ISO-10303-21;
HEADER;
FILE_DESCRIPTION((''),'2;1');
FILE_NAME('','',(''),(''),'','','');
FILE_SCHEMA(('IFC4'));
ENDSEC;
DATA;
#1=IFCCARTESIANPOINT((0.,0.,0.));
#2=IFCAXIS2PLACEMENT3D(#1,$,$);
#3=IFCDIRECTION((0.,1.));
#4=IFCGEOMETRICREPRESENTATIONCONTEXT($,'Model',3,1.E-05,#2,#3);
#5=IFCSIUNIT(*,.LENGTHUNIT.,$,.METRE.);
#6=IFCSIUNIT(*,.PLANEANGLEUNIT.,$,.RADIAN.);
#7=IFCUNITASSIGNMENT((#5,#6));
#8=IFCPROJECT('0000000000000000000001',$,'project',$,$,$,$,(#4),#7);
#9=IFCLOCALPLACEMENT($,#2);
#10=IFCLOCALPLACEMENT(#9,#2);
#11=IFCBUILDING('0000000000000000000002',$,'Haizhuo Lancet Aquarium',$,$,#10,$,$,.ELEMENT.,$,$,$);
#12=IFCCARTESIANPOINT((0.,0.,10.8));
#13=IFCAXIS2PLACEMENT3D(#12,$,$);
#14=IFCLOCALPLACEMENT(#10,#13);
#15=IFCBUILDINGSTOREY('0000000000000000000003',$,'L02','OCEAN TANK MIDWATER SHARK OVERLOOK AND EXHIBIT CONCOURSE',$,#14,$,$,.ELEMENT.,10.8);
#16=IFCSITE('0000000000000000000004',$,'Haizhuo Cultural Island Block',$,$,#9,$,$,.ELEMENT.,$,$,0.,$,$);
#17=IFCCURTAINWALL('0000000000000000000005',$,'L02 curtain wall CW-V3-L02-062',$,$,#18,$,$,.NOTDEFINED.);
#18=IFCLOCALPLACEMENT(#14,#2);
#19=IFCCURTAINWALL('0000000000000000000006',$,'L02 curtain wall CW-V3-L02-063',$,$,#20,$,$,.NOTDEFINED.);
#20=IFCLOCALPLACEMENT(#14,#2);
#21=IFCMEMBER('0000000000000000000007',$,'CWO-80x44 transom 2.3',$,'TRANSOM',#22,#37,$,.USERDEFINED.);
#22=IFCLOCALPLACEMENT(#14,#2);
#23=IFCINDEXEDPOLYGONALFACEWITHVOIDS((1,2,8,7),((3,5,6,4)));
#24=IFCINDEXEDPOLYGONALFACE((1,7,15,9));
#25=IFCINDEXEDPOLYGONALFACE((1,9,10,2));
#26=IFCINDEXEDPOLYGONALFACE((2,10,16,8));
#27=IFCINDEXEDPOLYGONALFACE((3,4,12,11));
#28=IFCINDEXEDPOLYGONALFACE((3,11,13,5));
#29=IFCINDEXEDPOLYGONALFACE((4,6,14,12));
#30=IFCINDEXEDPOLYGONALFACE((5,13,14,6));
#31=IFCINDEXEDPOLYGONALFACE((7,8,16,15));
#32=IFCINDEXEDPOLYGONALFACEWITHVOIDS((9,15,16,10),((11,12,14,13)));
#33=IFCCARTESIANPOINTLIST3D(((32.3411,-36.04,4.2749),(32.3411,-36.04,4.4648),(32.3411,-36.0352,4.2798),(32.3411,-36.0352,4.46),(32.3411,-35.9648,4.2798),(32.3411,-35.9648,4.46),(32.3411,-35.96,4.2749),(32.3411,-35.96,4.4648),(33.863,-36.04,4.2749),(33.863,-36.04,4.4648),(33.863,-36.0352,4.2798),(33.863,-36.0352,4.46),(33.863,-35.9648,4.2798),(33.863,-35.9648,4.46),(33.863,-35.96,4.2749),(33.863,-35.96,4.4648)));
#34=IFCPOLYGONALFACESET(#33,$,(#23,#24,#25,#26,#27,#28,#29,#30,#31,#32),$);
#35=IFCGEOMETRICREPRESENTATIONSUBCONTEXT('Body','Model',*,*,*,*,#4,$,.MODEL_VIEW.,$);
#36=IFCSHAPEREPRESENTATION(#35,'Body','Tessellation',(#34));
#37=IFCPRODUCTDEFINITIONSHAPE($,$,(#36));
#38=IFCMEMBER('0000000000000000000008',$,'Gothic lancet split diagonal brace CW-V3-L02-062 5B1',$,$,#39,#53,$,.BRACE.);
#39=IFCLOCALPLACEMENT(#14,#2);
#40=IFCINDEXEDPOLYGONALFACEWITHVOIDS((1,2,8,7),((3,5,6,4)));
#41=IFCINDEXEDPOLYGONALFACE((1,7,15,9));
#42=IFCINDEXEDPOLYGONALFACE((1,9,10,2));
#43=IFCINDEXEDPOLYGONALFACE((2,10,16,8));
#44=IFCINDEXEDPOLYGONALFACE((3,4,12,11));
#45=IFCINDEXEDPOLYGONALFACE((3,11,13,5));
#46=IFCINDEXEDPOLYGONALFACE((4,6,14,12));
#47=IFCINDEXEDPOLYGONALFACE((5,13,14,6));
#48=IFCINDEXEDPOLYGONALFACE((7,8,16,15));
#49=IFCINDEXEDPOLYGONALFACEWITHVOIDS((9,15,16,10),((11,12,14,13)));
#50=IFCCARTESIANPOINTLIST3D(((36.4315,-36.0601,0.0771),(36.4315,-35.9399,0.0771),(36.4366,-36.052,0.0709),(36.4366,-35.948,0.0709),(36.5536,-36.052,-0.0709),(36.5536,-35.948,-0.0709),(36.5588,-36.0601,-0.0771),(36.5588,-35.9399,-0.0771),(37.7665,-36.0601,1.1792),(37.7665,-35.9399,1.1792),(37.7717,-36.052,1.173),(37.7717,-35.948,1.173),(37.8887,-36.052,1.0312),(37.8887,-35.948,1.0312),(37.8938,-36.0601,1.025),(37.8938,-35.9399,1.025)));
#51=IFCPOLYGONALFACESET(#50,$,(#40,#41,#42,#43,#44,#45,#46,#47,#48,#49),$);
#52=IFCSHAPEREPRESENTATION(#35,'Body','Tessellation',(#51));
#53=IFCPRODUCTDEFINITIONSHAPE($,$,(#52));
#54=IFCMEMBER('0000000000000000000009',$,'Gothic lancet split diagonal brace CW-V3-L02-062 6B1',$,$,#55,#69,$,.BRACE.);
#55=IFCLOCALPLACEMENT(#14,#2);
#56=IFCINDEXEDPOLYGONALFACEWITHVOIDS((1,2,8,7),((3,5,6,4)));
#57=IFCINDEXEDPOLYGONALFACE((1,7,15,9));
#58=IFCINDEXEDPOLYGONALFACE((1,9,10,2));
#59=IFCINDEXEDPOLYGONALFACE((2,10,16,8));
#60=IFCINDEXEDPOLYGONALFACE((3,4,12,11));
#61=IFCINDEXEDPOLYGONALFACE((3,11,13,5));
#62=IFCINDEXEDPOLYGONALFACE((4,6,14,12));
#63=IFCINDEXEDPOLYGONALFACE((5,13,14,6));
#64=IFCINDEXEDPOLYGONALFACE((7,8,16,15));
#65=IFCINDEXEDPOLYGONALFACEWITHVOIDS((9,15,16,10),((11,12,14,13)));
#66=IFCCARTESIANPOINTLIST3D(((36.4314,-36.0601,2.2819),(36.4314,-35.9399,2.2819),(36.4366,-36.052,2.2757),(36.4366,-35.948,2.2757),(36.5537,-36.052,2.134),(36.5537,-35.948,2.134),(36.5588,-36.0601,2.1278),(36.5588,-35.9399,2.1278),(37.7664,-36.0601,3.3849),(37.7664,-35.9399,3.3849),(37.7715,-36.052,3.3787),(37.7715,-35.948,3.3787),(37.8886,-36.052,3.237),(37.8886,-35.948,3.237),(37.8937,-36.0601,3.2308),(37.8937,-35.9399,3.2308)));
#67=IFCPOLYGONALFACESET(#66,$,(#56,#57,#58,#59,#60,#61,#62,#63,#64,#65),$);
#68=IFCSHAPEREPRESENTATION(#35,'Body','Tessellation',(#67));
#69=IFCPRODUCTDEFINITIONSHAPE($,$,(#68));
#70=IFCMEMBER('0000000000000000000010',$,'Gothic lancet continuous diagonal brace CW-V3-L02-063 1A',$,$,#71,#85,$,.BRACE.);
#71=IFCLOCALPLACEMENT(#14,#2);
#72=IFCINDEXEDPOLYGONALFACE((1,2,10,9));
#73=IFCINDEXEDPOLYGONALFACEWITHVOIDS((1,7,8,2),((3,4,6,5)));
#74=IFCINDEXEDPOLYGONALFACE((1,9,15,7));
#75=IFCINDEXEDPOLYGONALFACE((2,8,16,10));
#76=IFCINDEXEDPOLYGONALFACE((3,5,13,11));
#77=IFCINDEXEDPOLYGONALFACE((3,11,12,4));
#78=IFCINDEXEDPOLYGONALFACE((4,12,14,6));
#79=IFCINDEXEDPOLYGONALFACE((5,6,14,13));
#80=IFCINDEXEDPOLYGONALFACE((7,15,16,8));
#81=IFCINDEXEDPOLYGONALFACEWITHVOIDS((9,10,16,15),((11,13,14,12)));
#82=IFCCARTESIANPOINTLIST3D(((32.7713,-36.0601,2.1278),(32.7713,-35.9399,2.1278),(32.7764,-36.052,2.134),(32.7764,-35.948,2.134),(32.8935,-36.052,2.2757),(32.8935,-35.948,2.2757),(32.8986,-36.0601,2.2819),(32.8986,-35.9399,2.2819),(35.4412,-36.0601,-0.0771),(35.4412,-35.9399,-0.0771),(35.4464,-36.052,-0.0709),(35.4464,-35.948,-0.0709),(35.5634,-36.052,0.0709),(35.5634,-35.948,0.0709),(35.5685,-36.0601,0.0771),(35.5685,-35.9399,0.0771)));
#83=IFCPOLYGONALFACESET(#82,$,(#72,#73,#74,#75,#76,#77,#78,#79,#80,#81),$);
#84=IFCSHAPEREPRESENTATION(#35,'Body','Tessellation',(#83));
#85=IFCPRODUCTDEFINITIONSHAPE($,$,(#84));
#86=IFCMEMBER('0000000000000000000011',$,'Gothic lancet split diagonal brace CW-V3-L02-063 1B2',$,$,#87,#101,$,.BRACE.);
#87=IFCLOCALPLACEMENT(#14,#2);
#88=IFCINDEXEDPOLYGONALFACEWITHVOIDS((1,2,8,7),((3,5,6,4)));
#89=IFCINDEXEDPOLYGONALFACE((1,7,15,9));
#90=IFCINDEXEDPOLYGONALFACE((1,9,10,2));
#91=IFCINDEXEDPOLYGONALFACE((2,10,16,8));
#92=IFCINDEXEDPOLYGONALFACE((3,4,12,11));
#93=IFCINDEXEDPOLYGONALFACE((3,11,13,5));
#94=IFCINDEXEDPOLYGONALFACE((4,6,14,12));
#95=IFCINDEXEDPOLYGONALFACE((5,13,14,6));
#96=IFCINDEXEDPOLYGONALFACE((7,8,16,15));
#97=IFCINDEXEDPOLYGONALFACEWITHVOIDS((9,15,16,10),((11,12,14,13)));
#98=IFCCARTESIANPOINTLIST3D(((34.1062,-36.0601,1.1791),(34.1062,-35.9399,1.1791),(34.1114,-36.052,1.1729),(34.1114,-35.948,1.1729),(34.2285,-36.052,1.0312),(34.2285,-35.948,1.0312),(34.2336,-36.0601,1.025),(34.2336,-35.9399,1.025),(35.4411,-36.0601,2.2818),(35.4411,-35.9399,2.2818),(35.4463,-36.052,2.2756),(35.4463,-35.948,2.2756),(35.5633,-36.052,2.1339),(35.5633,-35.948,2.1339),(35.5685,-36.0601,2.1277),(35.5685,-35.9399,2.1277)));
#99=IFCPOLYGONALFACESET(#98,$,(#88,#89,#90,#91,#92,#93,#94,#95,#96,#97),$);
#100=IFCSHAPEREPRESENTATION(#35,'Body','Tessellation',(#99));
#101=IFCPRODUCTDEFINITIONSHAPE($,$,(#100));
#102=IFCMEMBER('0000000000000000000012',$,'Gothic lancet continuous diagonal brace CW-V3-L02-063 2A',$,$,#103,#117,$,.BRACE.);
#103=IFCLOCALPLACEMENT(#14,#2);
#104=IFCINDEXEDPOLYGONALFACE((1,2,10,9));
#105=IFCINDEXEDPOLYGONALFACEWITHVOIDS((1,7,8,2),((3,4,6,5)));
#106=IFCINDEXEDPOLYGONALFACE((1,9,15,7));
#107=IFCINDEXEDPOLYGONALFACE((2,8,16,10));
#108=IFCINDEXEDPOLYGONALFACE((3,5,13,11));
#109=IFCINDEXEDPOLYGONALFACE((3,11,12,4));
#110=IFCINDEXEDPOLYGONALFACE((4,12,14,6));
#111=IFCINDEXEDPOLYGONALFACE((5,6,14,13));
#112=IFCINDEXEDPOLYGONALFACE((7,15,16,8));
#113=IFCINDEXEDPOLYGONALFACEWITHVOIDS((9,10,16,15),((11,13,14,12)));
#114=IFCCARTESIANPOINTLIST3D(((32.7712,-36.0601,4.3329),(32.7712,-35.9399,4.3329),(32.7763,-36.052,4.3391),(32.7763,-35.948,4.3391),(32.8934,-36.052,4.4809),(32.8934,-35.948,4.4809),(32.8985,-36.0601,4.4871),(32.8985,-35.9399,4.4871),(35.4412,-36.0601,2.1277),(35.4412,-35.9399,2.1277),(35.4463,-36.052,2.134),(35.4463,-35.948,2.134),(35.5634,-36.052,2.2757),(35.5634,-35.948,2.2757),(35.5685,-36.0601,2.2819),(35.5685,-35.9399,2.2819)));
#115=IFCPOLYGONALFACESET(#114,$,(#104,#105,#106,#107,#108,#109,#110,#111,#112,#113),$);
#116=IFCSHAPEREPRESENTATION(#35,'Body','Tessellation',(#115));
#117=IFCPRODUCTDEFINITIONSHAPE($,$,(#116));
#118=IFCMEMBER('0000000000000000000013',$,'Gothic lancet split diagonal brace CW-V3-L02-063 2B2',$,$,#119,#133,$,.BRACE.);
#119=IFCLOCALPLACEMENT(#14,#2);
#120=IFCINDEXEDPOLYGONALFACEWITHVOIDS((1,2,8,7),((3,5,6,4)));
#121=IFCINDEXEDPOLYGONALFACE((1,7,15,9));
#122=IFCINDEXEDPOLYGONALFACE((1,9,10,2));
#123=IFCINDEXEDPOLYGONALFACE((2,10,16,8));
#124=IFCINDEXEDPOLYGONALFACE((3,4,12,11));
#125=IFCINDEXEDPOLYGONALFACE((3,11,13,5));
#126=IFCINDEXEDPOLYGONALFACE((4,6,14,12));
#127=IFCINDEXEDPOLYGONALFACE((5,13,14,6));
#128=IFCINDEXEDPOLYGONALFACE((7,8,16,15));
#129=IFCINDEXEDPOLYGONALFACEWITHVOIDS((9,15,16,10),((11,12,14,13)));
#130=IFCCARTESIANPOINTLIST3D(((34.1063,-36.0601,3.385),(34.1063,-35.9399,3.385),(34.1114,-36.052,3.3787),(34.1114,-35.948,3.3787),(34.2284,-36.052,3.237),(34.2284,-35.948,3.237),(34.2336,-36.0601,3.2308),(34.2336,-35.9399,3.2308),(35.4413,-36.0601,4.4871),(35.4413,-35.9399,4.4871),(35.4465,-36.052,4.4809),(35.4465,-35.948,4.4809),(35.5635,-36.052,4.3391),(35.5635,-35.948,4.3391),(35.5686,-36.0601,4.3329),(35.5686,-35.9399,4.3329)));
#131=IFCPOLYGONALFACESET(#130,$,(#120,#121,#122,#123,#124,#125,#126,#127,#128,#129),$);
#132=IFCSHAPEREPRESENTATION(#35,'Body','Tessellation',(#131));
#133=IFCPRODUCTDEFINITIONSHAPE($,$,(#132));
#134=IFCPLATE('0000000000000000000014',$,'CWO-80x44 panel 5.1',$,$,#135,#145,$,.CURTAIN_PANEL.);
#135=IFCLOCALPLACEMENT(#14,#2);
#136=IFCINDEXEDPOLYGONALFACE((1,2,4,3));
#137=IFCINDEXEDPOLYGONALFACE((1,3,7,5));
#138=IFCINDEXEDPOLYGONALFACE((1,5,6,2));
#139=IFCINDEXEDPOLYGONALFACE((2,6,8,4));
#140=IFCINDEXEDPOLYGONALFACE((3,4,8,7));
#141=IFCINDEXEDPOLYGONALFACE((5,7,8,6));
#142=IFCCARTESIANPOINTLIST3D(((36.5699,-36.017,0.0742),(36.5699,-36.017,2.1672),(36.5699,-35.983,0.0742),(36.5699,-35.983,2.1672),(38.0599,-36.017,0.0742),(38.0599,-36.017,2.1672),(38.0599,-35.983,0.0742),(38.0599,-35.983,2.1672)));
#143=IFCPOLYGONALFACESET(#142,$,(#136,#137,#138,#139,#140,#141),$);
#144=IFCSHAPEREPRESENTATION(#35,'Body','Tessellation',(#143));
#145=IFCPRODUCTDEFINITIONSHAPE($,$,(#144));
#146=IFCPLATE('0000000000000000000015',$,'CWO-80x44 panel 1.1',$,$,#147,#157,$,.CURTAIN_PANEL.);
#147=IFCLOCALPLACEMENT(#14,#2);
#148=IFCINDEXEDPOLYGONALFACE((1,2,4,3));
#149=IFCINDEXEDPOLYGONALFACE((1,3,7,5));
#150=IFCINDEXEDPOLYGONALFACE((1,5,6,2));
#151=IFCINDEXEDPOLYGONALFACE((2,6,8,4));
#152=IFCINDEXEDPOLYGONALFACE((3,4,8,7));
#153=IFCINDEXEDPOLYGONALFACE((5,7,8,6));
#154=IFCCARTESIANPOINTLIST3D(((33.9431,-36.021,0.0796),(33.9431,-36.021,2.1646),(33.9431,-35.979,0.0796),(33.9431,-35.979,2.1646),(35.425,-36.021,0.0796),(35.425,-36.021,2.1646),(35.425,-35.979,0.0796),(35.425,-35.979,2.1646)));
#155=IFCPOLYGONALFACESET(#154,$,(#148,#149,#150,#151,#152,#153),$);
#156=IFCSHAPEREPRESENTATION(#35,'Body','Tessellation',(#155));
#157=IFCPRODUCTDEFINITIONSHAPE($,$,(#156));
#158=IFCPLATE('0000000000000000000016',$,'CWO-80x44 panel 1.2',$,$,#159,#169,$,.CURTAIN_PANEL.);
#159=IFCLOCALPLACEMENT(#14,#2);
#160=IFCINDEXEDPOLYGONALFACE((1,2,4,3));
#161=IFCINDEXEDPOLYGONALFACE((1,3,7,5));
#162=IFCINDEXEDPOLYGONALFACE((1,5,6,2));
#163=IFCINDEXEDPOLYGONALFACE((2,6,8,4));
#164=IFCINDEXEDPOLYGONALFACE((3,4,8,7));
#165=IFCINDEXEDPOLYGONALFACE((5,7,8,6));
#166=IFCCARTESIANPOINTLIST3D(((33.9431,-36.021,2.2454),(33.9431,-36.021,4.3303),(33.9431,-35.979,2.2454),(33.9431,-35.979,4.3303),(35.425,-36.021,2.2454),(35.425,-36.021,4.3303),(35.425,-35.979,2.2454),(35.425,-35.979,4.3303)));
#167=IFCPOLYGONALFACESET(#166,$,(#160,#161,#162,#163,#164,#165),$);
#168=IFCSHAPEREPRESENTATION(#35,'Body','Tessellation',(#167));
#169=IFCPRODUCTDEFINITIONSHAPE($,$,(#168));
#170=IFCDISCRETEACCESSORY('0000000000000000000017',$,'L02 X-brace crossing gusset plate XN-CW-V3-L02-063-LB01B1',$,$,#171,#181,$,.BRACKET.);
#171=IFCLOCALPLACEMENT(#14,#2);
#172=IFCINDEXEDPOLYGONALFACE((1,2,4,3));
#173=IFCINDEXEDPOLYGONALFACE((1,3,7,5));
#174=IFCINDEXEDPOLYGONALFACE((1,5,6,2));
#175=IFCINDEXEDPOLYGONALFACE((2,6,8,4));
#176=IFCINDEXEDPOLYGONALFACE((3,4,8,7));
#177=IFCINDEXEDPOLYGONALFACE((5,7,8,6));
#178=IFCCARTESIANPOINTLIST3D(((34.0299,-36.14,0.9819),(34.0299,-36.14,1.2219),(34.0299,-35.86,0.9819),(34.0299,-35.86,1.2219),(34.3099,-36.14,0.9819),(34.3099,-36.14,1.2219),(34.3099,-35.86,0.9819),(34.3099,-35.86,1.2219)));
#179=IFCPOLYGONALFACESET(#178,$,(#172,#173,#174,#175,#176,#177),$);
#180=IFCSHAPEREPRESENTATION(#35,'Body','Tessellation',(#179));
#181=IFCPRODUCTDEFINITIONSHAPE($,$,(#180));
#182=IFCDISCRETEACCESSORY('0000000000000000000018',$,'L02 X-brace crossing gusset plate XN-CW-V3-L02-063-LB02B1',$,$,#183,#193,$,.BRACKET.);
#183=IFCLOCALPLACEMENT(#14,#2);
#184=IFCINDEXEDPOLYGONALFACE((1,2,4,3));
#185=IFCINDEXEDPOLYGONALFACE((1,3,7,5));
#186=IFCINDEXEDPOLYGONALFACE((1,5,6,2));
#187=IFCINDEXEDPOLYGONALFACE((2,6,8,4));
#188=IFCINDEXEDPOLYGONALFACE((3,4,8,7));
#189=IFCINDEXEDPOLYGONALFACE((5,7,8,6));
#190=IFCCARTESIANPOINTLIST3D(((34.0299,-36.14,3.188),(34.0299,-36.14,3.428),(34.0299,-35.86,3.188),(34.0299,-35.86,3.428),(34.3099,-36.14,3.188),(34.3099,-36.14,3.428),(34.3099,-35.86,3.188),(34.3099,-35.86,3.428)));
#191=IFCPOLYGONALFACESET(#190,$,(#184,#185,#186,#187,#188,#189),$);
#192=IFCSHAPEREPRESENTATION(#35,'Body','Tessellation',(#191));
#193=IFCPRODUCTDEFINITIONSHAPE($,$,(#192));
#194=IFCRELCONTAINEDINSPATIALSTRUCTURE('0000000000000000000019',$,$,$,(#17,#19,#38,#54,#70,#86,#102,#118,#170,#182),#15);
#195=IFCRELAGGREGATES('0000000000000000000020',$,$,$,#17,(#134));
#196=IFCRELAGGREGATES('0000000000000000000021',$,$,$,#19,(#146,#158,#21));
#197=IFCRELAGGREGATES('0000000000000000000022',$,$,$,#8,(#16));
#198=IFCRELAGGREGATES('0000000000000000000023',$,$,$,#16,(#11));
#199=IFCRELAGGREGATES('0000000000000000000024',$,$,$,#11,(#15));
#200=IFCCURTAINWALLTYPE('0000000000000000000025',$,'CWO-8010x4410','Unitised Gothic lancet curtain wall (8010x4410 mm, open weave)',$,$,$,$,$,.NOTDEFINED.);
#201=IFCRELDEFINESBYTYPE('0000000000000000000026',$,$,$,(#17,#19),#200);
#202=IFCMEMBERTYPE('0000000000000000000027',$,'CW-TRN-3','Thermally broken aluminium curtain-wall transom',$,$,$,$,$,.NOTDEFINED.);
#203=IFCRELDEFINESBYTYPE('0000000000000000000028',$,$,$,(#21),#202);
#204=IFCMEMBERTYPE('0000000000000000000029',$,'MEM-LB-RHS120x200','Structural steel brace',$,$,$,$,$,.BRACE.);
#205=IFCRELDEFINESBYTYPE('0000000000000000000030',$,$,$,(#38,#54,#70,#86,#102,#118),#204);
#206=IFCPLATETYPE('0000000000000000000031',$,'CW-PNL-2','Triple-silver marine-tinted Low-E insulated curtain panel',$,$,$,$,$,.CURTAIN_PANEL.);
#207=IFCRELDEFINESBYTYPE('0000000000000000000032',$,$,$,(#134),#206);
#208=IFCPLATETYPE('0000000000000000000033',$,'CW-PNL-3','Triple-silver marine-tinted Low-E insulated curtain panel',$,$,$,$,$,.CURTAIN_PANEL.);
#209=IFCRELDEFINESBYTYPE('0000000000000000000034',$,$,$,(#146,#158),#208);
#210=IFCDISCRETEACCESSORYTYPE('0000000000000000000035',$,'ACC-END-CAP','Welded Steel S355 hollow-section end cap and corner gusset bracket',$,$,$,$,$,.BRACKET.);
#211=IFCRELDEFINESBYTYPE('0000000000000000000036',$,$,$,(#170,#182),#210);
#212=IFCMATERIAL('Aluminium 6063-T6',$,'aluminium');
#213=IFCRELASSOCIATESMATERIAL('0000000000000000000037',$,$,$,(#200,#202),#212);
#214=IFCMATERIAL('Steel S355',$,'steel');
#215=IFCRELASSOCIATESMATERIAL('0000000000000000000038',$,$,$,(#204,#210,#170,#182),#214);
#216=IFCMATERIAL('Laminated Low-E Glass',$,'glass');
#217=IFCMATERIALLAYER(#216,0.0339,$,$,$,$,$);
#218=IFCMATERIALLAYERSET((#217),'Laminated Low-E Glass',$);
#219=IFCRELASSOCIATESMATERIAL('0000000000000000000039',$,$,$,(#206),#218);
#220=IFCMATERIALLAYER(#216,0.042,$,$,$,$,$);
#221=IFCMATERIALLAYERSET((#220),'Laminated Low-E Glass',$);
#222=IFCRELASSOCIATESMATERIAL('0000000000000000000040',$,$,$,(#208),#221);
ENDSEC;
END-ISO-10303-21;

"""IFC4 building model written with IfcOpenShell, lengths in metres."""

from ifc_helpers import new_model, si_unit, direction, frame, origin, origin_2d, place, context, subcontext, project, spatial, rectangle, hollow_rectangle, extrude, material, layer, layer_set, material_profile, profile_set, type_object, element, aggregate, save


model = new_model("IFC4")

# Units and contexts
model_context = context("Model", 3, precision=1e-05, world=origin(), true_north=direction((0.0, 1.0)))
body_context = subcontext(model_context, "Body", "Model", "MODEL_VIEW")
ifc_project = project(units=[si_unit("LENGTHUNIT", "METRE"), si_unit("PLANEANGLEUNIT", "RADIAN")], contexts=[model_context])

# Site, building, storey
site_placement = place(None, origin())
site = spatial("IfcSite", under=ifc_project, at=site_placement, Name="Haizhuo Cultural Island Block", CompositionType="ELEMENT", RefElevation=0.0)
building_placement = place(site_placement, origin())
building = spatial("IfcBuilding", under=site, at=building_placement, Name="Haizhuo Lancet Aquarium", CompositionType="ELEMENT")
storey_placement = place(building_placement, frame((0.0, 0.0, 10.8)))
storey = spatial("IfcBuildingStorey", under=building, at=storey_placement, Name="L02", Description="OCEAN TANK MIDWATER SHARK OVERLOOK AND EXHIBIT CONCOURSE", CompositionType="ELEMENT", Elevation=10.8)

# Curtain wall
ifc_material_1 = material(Name="Aluminium 6063-T6", Category="aluminium")
curtain_wall_type = type_object("IfcCurtainWallType", Name="CWO-8010x4410", Description="Unitised Gothic lancet curtain wall (8010x4410 mm, open weave)", PredefinedType="NOTDEFINED", material=ifc_material_1)
curtain_wall_1_placement = place(storey_placement, origin())
curtain_wall_1 = element("IfcCurtainWall", 1, at=curtain_wall_1_placement, inside=storey, type_object=curtain_wall_type, Name="L02 curtain wall CW-V3-L02-062", PredefinedType="NOTDEFINED")

# Curtain wall, member
curtain_wall_2_placement = place(storey_placement, origin())
curtain_wall_2 = element("IfcCurtainWall", 2, at=curtain_wall_2_placement, inside=storey, type_object=curtain_wall_type, Name="L02 curtain wall CW-V3-L02-063", PredefinedType="NOTDEFINED")
ifc_material_profile_1 = material_profile(ifc_material_1, hollow_rectangle(XDim=0.0801, YDim=0.1899, WallThickness=0.0049, at=origin_2d()), Name="ALU-T 80x190x5")
ifc_profile_set_1 = profile_set([ifc_material_profile_1], Name="Aluminium 6063-T6")
member_type_1 = type_object("IfcMemberType", Name="CW-TRN-3", Description="Thermally broken aluminium curtain-wall transom", PredefinedType="NOTDEFINED", material=ifc_profile_set_1)
member_1_placement = place(storey_placement, frame((33.863, -36.0, 4.3699), z_axis=(-1.0, 0.0, 0.0), x_axis=(0.0, -1.0, 0.0)))
member_1 = element("IfcMember", 3, at=member_1_placement, type_object=member_type_1, Name="CWO-80x44 transom 2.3", ObjectType="TRANSOM", PredefinedType="USERDEFINED", context=body_context, shape_type="SweptSolid", body=[
    extrude(hollow_rectangle(XDim=0.0801, YDim=0.1899, WallThickness=0.0049, at=origin_2d()), origin(), (0.0, 0.0, 1.0), 1.522),
])

# Members
ifc_material_2 = material(Name="Steel S355", Category="steel")
ifc_material_profile_2 = material_profile(ifc_material_2, hollow_rectangle(XDim=0.1201, YDim=0.2, WallThickness=0.0081, at=origin_2d()), Name="RHS 120x200x8")
ifc_profile_set_2 = profile_set([ifc_material_profile_2], Name="Steel S355")
member_type_2 = type_object("IfcMemberType", Name="MEM-LB-RHS120x200", Description="Structural steel brace", PredefinedType="BRACE", material=ifc_profile_set_2)
member_2_placement = place(storey_placement, frame((36.4951, -36.0, 0.0), z_axis=(0.771172, 0.0, 0.636626), x_axis=(0.0, 1.0, 0.0)))
element("IfcMember", 4, at=member_2_placement, inside=storey, type_object=member_type_2, Name="Gothic lancet split diagonal brace CW-V3-L02-062 5B1", PredefinedType="BRACE", context=body_context, shape_type="SweptSolid", body=[
    extrude(hollow_rectangle(XDim=0.1201, YDim=0.2, WallThickness=0.0081, at=origin_2d()), origin(), (0.0, 0.0, 1.0), 1.7312),
])
member_3_placement = place(storey_placement, frame((36.4951, -36.0, 2.2048), z_axis=(0.770896, 0.0, 0.636962), x_axis=(0.0, 1.0, 0.0)))
element("IfcMember", 5, at=member_3_placement, inside=storey, type_object=member_type_2, Name="Gothic lancet split diagonal brace CW-V3-L02-062 6B1", PredefinedType="BRACE", context=body_context, shape_type="SweptSolid", body=[
    extrude(hollow_rectangle(XDim=0.1201, YDim=0.2, WallThickness=0.0081, at=origin_2d()), origin(), (0.0, 0.0, 1.0), 1.7317),
])
member_4_placement = place(storey_placement, frame((35.5049, -36.0, 0.0), z_axis=(-0.771069, 0.0, 0.636752), x_axis=(0.0, -1.0, 0.0)))
element("IfcMember", 6, at=member_4_placement, inside=storey, type_object=member_type_2, Name="Gothic lancet continuous diagonal brace CW-V3-L02-063 1A", PredefinedType="BRACE", context=body_context, shape_type="SweptSolid", body=[
    extrude(hollow_rectangle(XDim=0.1201, YDim=0.2, WallThickness=0.0081, at=origin_2d()), origin(), (0.0, 0.0, 1.0), 3.4626),
])
member_5_placement = place(storey_placement, frame((34.1699, -36.0, 1.1021), z_axis=(0.770965, 0.0, 0.636878), x_axis=(0.0, 1.0, 0.0)))
element("IfcMember", 7, at=member_5_placement, inside=storey, type_object=member_type_2, Name="Gothic lancet split diagonal brace CW-V3-L02-063 1B2", PredefinedType="BRACE", context=body_context, shape_type="SweptSolid", body=[
    extrude(hollow_rectangle(XDim=0.1201, YDim=0.2, WallThickness=0.0081, at=origin_2d()), origin(), (0.0, 0.0, 1.0), 1.7314),
])
member_6_placement = place(storey_placement, frame((35.5049, -36.0, 2.2048), z_axis=(-0.771034, 0.0, 0.636794), x_axis=(0.0, -1.0, 0.0)))
element("IfcMember", 8, at=member_6_placement, inside=storey, type_object=member_type_2, Name="Gothic lancet continuous diagonal brace CW-V3-L02-063 2A", PredefinedType="BRACE", context=body_context, shape_type="SweptSolid", body=[
    extrude(hollow_rectangle(XDim=0.1201, YDim=0.2, WallThickness=0.0081, at=origin_2d()), origin(), (0.0, 0.0, 1.0), 3.4629),
])
member_7_placement = place(storey_placement, frame((34.1699, -36.0, 3.3079), z_axis=(0.771172, 0.0, 0.636626), x_axis=(0.0, 1.0, 0.0)))
element("IfcMember", 9, at=member_7_placement, inside=storey, type_object=member_type_2, Name="Gothic lancet split diagonal brace CW-V3-L02-063 2B2", PredefinedType="BRACE", context=body_context, shape_type="SweptSolid", body=[
    extrude(hollow_rectangle(XDim=0.1201, YDim=0.2, WallThickness=0.0081, at=origin_2d()), origin(), (0.0, 0.0, 1.0), 1.7312),
])

# Plates
ifc_material_3 = material(Name="Laminated Low-E Glass", Category="glass")
ifc_layer_1 = layer(ifc_material_3, 0.0339)
ifc_layer_set_1 = layer_set([ifc_layer_1], Name="Laminated Low-E Glass")
plate_type_1 = type_object("IfcPlateType", Name="CW-PNL-2", Description="Triple-silver marine-tinted Low-E insulated curtain panel", PredefinedType="CURTAIN_PANEL", material=ifc_layer_set_1)
plate_1_placement = place(storey_placement, frame((37.3149, -36.0, 0.0742), z_axis=(0.0, 0.0, 1.0), x_axis=(-1.0, 0.0, 0.0)))
plate_1 = element("IfcPlate", 10, at=plate_1_placement, type_object=plate_type_1, Name="CWO-80x44 panel 5.1", PredefinedType="CURTAIN_PANEL", context=body_context, shape_type="SweptSolid", body=[
    extrude(rectangle(XDim=1.49, YDim=0.0339, at=origin_2d()), origin(), (0.0, 0.0, 1.0), 2.093),
])
aggregate(curtain_wall_1, [plate_1])
ifc_layer_2 = layer(ifc_material_3, 0.042)
ifc_layer_set_2 = layer_set([ifc_layer_2], Name="Laminated Low-E Glass")
plate_type_2 = type_object("IfcPlateType", Name="CW-PNL-3", Description="Triple-silver marine-tinted Low-E insulated curtain panel", PredefinedType="CURTAIN_PANEL", material=ifc_layer_set_2)
plate_2_placement = place(storey_placement, frame((34.6841, -36.0, 0.0796), z_axis=(0.0, 0.0, 1.0), x_axis=(-1.0, 0.0, 0.0)))
plate_2 = element("IfcPlate", 11, at=plate_2_placement, type_object=plate_type_2, Name="CWO-80x44 panel 1.1", PredefinedType="CURTAIN_PANEL", context=body_context, shape_type="SweptSolid", body=[
    extrude(rectangle(XDim=1.4819, YDim=0.042, at=origin_2d()), origin(), (0.0, 0.0, 1.0), 2.085),
])
plate_3_placement = place(storey_placement, frame((34.6841, -36.0, 2.2454), z_axis=(0.0, 0.0, 1.0), x_axis=(-1.0, 0.0, 0.0)))
plate_3 = element("IfcPlate", 12, at=plate_3_placement, type_object=plate_type_2, Name="CWO-80x44 panel 1.2", PredefinedType="CURTAIN_PANEL", context=body_context, shape_type="SweptSolid", body=[
    extrude(rectangle(XDim=1.4819, YDim=0.042, at=origin_2d()), origin(), (0.0, 0.0, 1.0), 2.085),
])
aggregate(curtain_wall_2, [plate_2, plate_3, member_1])

# Discrete accessories
discrete_accessory_type = type_object("IfcDiscreteAccessoryType", Name="ACC-END-CAP", Description="Welded Steel S355 hollow-section end cap and corner gusset bracket", PredefinedType="BRACKET", material=ifc_material_2)
for number, where, z_axis, x_axis, name in (
    (13, (34.1699, -36.0, 0.9819), (0.0, 0.0, 1.0), (1.0, 0.0, 0.0), "L02 X-brace crossing gusset plate XN-CW-V3-L02-063-LB01B1"),
    (14, (34.1699, -36.0, 3.188), (0.0, 0.0, 1.0), (1.0, 0.0, 0.0), "L02 X-brace crossing gusset plate XN-CW-V3-L02-063-LB02B1"),
):
    element("IfcDiscreteAccessory", number, at=place(storey_placement, frame(where, z_axis=z_axis, x_axis=x_axis)), inside=storey, type_object=discrete_accessory_type, material=ifc_material_2, Name=name, PredefinedType="BRACKET", context=body_context, shape_type="SweptSolid", body=[
        extrude(rectangle(XDim=0.28, YDim=0.28, at=origin_2d()), origin(), (0.0, 0.0, 1.0), 0.24),
    ])

save(model, "model.ifc")
